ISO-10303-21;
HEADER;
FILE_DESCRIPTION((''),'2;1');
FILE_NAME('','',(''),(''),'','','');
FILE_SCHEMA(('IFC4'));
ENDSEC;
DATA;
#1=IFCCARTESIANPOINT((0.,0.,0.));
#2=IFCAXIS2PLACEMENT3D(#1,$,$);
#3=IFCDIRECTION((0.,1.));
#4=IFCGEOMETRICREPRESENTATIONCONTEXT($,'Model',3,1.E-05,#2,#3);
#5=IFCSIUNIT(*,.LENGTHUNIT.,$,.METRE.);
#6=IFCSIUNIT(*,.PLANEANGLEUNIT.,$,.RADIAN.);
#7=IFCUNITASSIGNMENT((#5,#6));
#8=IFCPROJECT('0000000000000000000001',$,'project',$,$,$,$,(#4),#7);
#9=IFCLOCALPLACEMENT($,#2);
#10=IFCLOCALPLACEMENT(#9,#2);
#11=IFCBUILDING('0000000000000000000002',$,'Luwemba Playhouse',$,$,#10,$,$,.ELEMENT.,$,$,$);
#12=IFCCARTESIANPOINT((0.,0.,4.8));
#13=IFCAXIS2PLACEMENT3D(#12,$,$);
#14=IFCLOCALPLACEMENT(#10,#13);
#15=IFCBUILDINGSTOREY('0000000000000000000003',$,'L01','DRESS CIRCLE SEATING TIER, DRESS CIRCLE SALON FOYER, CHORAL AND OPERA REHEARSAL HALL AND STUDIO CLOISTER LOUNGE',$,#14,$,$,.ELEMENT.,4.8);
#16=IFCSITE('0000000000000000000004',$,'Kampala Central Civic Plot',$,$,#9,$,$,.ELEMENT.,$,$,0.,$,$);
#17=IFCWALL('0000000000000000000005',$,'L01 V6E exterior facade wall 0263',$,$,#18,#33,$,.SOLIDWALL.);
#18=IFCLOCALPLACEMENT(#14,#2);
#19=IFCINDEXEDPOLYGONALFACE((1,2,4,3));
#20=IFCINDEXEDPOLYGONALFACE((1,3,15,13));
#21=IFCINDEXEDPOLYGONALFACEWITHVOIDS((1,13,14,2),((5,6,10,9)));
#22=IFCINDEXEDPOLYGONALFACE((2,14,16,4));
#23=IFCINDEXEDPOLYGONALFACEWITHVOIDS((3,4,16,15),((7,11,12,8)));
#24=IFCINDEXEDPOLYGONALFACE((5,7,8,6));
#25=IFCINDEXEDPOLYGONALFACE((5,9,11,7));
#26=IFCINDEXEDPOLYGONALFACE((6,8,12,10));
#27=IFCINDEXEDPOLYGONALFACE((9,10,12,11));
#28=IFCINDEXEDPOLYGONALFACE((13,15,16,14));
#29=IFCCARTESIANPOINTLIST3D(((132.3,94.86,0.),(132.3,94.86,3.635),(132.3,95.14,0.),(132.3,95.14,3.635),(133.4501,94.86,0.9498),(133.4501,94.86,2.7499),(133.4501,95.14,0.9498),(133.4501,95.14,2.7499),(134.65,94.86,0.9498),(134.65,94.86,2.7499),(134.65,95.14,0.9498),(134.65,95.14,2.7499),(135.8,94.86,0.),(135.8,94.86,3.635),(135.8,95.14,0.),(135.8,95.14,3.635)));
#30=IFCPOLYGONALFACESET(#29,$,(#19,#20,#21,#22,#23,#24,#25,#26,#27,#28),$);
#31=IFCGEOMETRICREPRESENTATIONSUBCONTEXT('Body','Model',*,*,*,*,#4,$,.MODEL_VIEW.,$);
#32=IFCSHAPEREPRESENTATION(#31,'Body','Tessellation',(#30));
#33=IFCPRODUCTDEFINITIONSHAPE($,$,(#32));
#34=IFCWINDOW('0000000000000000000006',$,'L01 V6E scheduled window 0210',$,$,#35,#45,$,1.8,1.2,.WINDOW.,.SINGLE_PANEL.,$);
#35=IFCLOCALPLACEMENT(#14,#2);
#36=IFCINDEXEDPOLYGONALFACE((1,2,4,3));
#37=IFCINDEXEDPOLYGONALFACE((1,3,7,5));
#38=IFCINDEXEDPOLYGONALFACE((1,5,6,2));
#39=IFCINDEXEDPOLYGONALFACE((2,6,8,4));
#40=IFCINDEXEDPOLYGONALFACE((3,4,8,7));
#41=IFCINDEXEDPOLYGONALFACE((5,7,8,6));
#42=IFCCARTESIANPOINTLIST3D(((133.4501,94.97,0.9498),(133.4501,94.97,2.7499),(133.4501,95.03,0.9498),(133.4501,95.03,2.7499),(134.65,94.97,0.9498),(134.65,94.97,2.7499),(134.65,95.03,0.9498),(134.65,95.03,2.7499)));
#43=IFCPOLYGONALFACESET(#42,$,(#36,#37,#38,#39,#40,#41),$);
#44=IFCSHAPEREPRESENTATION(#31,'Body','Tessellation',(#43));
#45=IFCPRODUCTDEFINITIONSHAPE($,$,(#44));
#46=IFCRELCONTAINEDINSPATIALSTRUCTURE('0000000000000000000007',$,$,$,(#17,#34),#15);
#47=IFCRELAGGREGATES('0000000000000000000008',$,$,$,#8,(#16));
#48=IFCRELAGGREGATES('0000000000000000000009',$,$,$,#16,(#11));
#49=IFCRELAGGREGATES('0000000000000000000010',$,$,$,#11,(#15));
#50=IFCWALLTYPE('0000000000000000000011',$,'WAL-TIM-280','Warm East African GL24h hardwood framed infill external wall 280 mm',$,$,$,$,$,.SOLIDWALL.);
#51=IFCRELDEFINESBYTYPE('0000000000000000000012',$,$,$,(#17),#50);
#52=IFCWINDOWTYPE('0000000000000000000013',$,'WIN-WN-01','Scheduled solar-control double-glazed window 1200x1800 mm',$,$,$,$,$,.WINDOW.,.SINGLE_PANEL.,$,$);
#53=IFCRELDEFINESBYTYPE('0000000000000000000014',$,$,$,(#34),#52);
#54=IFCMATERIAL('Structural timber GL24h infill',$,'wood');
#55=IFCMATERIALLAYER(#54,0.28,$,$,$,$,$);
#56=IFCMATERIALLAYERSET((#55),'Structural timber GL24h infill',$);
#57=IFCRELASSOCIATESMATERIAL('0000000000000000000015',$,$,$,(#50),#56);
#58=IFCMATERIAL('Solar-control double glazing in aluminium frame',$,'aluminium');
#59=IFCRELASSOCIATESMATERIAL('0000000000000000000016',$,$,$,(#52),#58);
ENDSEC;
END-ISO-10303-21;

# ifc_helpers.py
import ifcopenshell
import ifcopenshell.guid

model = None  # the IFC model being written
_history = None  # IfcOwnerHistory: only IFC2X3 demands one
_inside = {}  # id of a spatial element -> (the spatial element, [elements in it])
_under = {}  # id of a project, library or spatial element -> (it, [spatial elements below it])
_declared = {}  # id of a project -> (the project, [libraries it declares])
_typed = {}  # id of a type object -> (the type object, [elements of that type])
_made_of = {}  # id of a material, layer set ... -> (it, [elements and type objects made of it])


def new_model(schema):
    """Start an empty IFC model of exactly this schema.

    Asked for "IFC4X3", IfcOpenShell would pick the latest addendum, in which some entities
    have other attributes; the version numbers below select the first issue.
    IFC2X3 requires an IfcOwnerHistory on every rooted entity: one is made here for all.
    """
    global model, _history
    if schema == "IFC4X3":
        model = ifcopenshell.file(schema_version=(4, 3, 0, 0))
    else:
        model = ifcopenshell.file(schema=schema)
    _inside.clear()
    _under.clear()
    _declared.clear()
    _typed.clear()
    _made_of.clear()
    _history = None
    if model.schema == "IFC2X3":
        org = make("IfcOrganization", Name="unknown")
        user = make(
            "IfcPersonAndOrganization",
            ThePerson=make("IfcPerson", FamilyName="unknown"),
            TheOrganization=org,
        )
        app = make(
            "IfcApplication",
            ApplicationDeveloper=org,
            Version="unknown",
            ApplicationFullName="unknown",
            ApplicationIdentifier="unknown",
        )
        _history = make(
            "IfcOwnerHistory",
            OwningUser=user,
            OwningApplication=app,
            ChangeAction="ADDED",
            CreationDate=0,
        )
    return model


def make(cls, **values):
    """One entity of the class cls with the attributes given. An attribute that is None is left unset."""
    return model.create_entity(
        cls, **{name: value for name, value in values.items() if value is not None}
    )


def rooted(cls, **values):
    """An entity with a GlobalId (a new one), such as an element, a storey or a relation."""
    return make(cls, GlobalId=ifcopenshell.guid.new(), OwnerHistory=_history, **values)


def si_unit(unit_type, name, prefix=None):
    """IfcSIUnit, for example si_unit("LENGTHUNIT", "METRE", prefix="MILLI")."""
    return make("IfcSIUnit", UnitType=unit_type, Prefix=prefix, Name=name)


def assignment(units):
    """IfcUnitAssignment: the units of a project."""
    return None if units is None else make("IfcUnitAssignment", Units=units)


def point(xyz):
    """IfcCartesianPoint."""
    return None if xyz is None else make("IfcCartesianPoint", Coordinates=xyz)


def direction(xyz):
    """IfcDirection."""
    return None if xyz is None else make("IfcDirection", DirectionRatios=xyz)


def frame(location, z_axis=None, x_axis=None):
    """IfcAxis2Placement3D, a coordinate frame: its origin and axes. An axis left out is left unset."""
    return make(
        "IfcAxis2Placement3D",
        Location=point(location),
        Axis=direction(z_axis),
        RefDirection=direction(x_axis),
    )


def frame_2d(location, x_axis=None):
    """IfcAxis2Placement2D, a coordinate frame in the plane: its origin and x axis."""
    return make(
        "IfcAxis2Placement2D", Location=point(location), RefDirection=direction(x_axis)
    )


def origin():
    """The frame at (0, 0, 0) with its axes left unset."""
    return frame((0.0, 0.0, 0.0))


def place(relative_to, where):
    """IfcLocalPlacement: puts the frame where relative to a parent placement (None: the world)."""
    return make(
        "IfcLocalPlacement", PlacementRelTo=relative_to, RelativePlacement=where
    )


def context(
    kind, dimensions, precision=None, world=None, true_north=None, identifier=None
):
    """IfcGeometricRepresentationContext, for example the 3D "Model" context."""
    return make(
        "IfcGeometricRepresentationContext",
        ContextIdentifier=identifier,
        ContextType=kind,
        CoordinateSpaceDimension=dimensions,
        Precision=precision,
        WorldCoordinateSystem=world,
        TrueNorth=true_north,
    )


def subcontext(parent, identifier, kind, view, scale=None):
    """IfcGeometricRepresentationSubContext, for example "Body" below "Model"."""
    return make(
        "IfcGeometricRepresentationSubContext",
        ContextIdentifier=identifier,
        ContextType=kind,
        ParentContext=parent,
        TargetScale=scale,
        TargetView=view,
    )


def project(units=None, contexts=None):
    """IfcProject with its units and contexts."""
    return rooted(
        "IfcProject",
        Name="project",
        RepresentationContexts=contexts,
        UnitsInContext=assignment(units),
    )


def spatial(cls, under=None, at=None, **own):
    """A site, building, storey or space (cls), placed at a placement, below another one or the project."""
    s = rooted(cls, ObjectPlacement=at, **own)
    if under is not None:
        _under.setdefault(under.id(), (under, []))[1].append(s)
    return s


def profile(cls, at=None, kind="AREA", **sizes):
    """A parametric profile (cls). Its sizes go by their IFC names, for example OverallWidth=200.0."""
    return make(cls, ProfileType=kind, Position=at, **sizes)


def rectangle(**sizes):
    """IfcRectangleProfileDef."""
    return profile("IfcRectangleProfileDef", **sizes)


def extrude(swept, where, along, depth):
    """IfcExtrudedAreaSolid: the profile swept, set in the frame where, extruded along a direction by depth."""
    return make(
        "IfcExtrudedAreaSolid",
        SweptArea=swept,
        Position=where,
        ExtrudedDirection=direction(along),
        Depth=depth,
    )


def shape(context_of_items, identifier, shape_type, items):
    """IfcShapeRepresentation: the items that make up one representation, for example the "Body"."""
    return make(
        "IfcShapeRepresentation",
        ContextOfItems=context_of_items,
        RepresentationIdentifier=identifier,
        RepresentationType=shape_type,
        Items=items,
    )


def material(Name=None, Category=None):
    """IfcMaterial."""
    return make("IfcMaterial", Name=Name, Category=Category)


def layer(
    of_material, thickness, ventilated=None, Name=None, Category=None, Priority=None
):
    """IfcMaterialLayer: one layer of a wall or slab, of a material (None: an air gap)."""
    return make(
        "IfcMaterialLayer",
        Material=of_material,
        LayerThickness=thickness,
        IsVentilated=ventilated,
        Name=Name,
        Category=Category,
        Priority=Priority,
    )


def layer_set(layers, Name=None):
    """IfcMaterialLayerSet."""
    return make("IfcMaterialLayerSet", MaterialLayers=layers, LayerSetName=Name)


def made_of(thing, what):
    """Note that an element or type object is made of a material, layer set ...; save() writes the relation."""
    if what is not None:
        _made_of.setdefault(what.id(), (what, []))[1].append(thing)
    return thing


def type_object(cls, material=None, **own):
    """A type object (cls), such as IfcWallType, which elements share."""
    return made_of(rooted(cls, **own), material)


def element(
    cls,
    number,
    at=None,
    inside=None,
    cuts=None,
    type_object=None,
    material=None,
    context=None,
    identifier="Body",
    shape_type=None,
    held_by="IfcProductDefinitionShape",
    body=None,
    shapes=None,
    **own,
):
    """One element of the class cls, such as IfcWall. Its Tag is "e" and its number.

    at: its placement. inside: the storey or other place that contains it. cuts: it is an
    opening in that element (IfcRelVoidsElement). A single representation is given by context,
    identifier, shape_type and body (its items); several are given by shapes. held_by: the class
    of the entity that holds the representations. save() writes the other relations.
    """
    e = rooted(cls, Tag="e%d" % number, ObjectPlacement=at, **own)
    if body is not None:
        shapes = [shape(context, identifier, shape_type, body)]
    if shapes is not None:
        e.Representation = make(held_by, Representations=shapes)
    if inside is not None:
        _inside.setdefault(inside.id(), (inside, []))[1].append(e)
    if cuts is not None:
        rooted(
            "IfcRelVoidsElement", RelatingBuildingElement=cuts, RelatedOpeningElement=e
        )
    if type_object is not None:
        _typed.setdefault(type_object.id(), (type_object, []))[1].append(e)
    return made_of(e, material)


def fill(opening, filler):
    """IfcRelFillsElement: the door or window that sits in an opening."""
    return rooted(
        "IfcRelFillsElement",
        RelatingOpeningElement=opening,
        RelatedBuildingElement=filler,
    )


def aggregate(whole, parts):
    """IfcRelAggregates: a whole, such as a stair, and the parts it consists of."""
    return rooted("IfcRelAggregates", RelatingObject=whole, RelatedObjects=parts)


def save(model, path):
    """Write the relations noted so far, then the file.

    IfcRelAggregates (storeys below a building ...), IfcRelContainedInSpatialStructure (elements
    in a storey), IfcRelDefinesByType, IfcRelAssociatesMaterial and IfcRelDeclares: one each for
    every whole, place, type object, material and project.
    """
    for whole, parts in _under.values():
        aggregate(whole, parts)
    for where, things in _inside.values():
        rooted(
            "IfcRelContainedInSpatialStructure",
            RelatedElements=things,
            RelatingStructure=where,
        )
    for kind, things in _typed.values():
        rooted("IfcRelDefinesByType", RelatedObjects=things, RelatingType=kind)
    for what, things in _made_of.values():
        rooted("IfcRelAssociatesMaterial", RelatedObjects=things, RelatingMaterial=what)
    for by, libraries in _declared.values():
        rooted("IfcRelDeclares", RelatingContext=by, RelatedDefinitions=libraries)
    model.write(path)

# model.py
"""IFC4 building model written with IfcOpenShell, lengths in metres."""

from ifc_helpers import new_model, si_unit, direction, frame, frame_2d, origin, place, context, subcontext, project, spatial, rectangle, extrude, material, layer, layer_set, type_object, element, fill, save


model = new_model("IFC4")

# Units and contexts
model_context = context("Model", 3, precision=1e-05, world=origin(), true_north=direction((0.0, 1.0)))
body_context = subcontext(model_context, "Body", "Model", "MODEL_VIEW")
ifc_project = project(units=[si_unit("LENGTHUNIT", "METRE"), si_unit("PLANEANGLEUNIT", "RADIAN")], contexts=[model_context])

# Site, building, storey
site_placement = place(None, origin())
site = spatial("IfcSite", under=ifc_project, at=site_placement, Name="Kampala Central Civic Plot", CompositionType="ELEMENT", RefElevation=0.0)
building_placement = place(site_placement, origin())
building = spatial("IfcBuilding", under=site, at=building_placement, Name="Luwemba Playhouse", CompositionType="ELEMENT")
storey_placement = place(building_placement, frame((0.0, 0.0, 4.8)))
storey = spatial("IfcBuildingStorey", under=building, at=storey_placement, Name="L01", Description="DRESS CIRCLE SEATING TIER, DRESS CIRCLE SALON FOYER, CHORAL AND OPERA REHEARSAL HALL AND STUDIO CLOISTER LOUNGE", CompositionType="ELEMENT", Elevation=4.8)

# Wall, opening, window
ifc_material_1 = material(Name="Solar-control double glazing in aluminium frame", Category="aluminium")
ifc_material_2 = material(Name="Structural timber GL24h infill", Category="wood")
ifc_layer_1 = layer(ifc_material_2, 0.28)
ifc_layer_set_1 = layer_set([ifc_layer_1], Name="Structural timber GL24h infill")
wall_type_1 = type_object("IfcWallType", Name="WAL-TIM-280", Description="Warm East African GL24h hardwood framed infill external wall 280 mm", PredefinedType="SOLIDWALL", material=ifc_layer_set_1)
wall_1_placement = place(storey_placement, frame((135.8, 95.0, 0.0), z_axis=(0.0, 0.0, 1.0), x_axis=(-1.0, 0.0, 0.0)))
wall_1 = element("IfcWall", 1, at=wall_1_placement, inside=storey, type_object=wall_type_1, Name="L01 V6E exterior facade wall 0263", PredefinedType="SOLIDWALL", context=body_context, shape_type="SweptSolid", body=[
    extrude(rectangle(XDim=3.5, YDim=0.28, at=frame_2d((1.75, 0.0))), origin(), (0.0, 0.0, 1.0), 3.635),
])
opening_1_placement = place(wall_1_placement, frame((1.1499, 0.0, 0.95)))
opening_1 = element("IfcOpeningElement", 2, at=opening_1_placement, cuts=wall_1, PredefinedType="OPENING", context=body_context, shape_type="SweptSolid", body=[
    extrude(rectangle(XDim=1.2, YDim=1.8, at=frame_2d((0.6001, 0.8999))), frame((0.0, 0.1499, 0.0), z_axis=(0.0, -1.0, 0.0), x_axis=(1.0, 0.0, 0.0)), (0.0, 0.0, 1.0), 0.3),
])
window_type_1 = type_object("IfcWindowType", Name="WIN-WN-01", Description="Scheduled solar-control double-glazed window 1200x1800 mm", PartitioningType="SINGLE_PANEL", PredefinedType="WINDOW", material=ifc_material_1)
window_1_placement = place(opening_1_placement, origin())
window_1 = element("IfcWindow", 3, at=window_1_placement, inside=storey, type_object=window_type_1, Name="L01 V6E scheduled window 0210", OverallHeight=1.8, OverallWidth=1.2, PartitioningType="SINGLE_PANEL", PredefinedType="WINDOW", context=body_context, shape_type="SweptSolid", body=[
    extrude(rectangle(XDim=1.2, YDim=1.8, at=frame_2d((0.6001, 0.8999))), frame((0.0, 0.03, 0.0), z_axis=(0.0, -1.0, 0.0), x_axis=(1.0, 0.0, 0.0)), (0.0, 0.0, 1.0), 0.0601),
])
fill(opening_1, window_1)

save(model, "model.ifc")
